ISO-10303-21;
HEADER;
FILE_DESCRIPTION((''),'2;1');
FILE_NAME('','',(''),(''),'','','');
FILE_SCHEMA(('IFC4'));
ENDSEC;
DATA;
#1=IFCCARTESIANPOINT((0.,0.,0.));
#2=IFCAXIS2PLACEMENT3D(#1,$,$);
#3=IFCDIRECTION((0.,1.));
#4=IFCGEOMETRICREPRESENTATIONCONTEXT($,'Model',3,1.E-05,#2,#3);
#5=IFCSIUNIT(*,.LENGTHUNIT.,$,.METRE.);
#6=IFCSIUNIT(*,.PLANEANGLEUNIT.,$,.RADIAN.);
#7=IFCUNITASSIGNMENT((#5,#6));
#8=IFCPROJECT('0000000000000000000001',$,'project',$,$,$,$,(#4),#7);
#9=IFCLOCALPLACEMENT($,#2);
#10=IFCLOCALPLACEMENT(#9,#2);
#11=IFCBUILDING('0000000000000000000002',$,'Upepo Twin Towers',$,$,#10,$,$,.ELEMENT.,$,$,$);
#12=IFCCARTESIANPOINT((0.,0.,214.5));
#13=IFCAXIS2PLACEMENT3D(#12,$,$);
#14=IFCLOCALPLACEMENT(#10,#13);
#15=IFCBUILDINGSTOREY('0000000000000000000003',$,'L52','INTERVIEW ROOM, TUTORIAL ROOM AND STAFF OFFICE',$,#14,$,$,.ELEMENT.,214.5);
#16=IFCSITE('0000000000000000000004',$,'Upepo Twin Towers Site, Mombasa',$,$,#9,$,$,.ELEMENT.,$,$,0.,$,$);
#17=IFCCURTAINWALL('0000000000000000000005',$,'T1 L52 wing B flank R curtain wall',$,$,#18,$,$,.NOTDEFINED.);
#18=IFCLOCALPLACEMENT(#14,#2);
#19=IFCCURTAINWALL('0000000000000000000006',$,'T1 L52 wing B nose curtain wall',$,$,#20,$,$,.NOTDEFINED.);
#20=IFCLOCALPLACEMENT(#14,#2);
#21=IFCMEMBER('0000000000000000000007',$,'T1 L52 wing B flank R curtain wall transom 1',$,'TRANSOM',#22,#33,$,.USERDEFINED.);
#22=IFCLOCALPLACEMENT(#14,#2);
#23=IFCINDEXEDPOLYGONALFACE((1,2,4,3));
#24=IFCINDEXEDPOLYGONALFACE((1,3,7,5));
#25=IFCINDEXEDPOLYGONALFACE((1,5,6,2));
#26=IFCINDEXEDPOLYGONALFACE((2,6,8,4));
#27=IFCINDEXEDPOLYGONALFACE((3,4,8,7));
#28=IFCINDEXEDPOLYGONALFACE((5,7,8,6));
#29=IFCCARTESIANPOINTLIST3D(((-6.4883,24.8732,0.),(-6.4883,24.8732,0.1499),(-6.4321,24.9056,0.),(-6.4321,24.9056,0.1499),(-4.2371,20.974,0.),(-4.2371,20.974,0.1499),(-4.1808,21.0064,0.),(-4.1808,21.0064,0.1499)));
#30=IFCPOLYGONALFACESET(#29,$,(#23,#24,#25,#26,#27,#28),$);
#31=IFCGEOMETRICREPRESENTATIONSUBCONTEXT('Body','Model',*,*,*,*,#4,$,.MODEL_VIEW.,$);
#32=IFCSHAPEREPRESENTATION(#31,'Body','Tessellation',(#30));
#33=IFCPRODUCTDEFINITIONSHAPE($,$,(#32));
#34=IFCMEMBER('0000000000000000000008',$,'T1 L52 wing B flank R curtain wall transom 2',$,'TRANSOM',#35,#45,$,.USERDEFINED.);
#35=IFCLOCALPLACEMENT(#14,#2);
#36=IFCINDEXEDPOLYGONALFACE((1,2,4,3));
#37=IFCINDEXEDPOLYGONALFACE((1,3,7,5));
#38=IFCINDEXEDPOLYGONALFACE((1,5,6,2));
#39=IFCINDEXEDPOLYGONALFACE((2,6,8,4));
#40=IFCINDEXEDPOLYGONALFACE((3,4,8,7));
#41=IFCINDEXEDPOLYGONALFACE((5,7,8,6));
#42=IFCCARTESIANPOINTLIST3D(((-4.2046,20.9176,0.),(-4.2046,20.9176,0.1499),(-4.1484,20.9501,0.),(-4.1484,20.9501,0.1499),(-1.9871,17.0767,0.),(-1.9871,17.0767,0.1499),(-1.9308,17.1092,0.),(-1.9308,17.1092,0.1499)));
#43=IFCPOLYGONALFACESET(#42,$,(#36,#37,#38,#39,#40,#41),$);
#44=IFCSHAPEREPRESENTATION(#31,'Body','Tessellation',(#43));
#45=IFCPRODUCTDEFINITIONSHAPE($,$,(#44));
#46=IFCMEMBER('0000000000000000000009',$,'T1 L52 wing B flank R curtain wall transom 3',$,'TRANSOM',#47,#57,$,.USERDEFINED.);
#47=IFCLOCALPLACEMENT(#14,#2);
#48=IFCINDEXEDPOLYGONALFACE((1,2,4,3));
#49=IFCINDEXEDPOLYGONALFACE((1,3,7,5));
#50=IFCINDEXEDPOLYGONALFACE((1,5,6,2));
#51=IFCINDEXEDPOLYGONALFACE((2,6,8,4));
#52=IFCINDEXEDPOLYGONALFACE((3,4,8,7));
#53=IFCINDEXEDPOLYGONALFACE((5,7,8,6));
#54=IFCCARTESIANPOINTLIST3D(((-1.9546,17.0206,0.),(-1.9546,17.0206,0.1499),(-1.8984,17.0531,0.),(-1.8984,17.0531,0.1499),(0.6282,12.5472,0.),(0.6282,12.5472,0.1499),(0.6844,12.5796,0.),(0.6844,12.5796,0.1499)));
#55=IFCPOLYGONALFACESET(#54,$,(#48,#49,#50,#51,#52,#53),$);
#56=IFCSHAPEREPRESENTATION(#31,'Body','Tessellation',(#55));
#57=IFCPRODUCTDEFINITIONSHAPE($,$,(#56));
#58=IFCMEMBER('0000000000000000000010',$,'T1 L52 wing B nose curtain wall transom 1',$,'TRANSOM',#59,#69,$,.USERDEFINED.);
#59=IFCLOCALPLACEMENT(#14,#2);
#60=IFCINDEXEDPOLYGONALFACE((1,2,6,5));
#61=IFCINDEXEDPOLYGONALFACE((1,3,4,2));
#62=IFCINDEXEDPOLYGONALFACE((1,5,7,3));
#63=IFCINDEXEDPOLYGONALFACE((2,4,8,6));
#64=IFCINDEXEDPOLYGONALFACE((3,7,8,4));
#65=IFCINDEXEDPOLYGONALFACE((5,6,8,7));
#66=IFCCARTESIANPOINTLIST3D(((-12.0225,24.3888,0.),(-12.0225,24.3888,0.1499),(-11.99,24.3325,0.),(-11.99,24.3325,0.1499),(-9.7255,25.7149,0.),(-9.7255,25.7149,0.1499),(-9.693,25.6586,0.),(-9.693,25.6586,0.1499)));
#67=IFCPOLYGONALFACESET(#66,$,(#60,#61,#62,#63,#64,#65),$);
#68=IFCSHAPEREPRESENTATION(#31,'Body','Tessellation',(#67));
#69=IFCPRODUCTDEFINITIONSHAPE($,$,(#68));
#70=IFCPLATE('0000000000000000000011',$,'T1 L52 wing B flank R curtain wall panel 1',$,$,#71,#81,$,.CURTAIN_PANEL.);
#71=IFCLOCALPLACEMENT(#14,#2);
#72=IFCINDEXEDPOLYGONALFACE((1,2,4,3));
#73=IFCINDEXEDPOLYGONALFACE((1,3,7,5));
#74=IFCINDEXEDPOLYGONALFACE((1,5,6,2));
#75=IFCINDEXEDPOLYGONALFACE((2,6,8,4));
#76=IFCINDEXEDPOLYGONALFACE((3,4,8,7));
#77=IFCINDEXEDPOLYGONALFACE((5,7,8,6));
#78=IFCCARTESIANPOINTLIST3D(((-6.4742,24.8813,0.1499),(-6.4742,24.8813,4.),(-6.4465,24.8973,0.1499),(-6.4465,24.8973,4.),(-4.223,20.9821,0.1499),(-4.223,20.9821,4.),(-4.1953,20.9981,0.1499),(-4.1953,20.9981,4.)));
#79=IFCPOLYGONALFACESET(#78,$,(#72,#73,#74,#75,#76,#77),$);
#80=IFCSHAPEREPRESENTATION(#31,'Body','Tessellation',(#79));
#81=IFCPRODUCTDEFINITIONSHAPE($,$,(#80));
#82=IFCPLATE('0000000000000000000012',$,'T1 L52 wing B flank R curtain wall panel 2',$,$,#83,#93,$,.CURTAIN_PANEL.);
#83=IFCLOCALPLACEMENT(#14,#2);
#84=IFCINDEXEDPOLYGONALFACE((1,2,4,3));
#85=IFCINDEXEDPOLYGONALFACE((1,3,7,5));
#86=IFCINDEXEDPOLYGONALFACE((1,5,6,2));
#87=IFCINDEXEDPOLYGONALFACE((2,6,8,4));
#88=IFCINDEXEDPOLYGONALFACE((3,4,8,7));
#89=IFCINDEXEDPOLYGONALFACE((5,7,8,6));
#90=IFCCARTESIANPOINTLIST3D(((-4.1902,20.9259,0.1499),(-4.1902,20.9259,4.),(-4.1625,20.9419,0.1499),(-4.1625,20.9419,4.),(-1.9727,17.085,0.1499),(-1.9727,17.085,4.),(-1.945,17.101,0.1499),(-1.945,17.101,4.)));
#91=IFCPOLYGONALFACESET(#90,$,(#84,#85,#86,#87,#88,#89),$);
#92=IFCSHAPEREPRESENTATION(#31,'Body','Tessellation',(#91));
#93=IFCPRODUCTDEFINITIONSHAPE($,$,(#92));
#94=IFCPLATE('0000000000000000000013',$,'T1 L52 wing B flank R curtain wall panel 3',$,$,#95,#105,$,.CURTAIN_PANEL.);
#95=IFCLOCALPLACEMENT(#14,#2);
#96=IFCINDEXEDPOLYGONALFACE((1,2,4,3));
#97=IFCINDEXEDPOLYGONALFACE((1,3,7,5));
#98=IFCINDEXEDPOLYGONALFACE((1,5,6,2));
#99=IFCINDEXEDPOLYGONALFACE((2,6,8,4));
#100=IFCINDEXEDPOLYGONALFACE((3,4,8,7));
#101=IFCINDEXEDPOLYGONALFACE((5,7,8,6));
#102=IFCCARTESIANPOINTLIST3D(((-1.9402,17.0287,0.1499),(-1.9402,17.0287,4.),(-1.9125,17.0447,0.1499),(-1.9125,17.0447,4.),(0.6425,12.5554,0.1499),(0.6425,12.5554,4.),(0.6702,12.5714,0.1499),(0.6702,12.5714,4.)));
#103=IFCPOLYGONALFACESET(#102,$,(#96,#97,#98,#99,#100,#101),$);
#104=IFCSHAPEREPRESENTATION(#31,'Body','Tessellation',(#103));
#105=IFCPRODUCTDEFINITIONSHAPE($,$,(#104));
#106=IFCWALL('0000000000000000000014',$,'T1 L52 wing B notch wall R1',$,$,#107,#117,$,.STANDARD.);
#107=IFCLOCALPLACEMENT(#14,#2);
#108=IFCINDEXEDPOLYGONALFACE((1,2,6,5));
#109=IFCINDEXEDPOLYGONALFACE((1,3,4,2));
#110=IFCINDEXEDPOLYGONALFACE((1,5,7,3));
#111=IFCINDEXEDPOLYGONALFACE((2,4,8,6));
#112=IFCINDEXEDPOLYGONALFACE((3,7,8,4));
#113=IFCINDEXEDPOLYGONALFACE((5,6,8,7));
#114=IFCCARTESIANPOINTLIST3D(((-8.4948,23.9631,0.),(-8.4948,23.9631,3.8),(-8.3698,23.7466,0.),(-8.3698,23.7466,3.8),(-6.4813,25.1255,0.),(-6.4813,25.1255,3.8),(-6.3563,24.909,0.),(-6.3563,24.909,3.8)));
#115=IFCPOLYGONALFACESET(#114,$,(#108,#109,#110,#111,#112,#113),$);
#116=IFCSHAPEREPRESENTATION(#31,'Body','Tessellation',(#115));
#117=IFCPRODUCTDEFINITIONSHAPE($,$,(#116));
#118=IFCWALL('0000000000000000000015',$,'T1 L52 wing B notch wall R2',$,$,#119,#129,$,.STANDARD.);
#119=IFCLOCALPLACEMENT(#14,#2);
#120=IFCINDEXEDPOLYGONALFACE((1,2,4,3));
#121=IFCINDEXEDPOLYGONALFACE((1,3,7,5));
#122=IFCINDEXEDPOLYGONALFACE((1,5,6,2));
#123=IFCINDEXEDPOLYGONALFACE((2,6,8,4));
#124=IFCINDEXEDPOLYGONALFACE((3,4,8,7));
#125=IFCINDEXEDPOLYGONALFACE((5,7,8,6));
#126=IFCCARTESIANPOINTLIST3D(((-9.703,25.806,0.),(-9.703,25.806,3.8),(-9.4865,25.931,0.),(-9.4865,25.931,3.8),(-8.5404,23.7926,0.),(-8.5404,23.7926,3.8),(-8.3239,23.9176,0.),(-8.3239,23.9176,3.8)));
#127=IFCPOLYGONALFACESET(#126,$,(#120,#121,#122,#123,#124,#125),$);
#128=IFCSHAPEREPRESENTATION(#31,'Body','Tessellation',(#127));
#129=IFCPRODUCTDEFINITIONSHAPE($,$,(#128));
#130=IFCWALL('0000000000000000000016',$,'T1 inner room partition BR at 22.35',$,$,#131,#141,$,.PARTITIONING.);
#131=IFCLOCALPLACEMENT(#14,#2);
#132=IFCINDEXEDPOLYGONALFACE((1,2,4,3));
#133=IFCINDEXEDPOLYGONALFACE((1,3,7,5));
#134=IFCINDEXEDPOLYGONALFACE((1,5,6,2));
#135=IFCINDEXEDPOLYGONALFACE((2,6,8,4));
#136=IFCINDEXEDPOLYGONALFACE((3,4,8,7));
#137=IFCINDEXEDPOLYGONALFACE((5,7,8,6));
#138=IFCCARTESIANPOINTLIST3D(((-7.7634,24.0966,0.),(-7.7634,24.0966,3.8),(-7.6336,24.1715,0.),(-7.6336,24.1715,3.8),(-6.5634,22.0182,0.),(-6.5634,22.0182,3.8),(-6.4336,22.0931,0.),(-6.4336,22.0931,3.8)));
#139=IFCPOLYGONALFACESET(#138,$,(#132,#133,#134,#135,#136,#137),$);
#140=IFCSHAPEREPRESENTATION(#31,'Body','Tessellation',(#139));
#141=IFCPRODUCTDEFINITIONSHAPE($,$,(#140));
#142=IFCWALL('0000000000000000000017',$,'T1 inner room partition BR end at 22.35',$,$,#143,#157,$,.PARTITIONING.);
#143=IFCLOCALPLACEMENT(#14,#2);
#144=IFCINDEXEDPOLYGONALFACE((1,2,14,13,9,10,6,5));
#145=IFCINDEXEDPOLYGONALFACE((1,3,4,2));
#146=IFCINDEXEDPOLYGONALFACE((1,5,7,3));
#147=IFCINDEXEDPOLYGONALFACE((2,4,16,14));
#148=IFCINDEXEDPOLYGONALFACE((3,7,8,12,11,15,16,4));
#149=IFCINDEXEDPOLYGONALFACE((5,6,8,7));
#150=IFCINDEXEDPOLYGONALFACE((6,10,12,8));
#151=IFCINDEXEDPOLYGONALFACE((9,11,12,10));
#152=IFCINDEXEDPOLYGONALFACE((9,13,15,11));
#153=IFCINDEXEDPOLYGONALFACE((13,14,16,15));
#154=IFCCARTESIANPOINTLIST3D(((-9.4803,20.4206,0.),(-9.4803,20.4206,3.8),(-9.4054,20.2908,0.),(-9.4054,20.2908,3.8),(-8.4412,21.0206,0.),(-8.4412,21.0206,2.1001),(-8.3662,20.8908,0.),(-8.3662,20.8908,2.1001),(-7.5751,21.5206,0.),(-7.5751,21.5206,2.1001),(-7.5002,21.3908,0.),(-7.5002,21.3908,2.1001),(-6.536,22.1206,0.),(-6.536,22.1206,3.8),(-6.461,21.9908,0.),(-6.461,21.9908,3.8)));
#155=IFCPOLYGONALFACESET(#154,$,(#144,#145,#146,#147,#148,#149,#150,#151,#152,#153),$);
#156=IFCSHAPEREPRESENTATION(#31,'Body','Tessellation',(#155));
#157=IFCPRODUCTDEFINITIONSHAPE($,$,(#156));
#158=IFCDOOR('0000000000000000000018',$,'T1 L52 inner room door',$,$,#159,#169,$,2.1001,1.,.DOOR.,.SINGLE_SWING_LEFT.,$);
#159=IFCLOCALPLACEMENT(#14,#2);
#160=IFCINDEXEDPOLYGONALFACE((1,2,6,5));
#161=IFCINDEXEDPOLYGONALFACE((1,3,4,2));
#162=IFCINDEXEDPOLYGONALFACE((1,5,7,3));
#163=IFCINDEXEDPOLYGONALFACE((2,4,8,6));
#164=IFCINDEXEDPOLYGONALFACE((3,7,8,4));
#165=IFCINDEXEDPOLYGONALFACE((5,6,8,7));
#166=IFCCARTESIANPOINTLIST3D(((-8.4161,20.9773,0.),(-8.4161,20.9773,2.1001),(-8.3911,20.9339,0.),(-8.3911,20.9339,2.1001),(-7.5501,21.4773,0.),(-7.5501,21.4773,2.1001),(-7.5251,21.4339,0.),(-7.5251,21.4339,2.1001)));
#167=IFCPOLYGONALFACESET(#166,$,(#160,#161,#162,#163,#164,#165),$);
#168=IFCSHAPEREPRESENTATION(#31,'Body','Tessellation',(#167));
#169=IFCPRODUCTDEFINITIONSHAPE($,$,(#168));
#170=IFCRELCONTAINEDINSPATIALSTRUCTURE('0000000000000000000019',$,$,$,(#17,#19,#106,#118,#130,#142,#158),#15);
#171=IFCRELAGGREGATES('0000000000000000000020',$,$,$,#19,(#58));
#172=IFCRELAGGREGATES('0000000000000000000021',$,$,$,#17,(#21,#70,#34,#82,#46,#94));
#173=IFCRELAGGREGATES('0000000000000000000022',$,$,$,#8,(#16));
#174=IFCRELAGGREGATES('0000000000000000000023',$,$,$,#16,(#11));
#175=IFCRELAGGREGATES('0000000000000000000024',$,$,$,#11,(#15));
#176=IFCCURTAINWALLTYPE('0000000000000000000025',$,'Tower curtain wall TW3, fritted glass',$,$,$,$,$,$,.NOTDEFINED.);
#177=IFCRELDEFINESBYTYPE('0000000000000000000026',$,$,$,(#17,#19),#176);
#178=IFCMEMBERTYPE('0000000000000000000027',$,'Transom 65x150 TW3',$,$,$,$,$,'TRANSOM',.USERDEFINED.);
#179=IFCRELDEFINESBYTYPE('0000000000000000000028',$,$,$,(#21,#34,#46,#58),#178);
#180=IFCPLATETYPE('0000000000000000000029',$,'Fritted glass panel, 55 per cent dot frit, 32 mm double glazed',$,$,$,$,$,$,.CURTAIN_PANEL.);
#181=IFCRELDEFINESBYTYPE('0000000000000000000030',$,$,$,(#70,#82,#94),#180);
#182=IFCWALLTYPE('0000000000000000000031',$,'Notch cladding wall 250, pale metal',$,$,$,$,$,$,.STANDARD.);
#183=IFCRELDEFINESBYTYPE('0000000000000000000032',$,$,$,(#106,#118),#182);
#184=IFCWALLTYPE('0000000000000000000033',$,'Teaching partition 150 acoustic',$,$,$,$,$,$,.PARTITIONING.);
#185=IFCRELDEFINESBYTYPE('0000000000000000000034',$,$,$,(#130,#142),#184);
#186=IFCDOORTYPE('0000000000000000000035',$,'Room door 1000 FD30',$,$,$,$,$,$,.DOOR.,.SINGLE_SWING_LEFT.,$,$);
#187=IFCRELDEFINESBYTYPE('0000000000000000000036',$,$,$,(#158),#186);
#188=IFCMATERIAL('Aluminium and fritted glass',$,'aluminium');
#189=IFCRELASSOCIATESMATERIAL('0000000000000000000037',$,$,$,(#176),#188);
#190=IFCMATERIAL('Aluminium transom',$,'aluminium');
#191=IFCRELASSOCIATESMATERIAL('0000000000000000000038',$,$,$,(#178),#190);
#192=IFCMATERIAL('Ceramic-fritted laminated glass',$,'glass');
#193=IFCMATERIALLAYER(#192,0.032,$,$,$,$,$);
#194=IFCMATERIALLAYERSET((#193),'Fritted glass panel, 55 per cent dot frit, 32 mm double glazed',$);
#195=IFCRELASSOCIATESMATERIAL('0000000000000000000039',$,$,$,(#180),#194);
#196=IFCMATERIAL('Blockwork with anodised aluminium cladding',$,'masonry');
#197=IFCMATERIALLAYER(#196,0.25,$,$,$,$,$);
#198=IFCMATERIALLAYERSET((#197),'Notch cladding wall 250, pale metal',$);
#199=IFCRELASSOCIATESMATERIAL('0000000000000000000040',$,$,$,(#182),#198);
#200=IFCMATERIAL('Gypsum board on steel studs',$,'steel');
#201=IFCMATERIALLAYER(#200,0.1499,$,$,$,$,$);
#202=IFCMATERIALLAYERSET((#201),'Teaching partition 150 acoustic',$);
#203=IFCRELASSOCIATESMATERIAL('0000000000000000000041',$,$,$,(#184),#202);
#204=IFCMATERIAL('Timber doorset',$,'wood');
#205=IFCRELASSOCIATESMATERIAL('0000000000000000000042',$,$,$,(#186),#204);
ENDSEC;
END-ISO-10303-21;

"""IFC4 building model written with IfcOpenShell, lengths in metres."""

from ifc_helpers import new_model, si_unit, direction, frame, frame_2d, origin, origin_2d, place, context, subcontext, project, spatial, rectangle, extrude, material, layer, layer_set, material_profile, profile_set, type_object, element, fill, aggregate, save


model = new_model("IFC4")

# Units and contexts
model_context = context("Model", 3, precision=1e-05, world=origin(), true_north=direction((0.0, 1.0)))
body_context = subcontext(model_context, "Body", "Model", "MODEL_VIEW")
ifc_project = project(units=[si_unit("LENGTHUNIT", "METRE"), si_unit("PLANEANGLEUNIT", "RADIAN")], contexts=[model_context])

# Site, building, storey
site_placement = place(None, origin())
site = spatial("IfcSite", under=ifc_project, at=site_placement, Name="Upepo Twin Towers Site, Mombasa", CompositionType="ELEMENT", RefElevation=0.0)
building_placement = place(site_placement, origin())
building = spatial("IfcBuilding", under=site, at=building_placement, Name="Upepo Twin Towers", CompositionType="ELEMENT")
storey_placement = place(building_placement, frame((0.0, 0.0, 214.5)))
storey = spatial("IfcBuildingStorey", under=building, at=storey_placement, Name="L52", Description="INTERVIEW ROOM, TUTORIAL ROOM AND STAFF OFFICE", CompositionType="ELEMENT", Elevation=214.5)

# Curtain wall
ifc_material_1 = material(Name="Aluminium and fritted glass", Category="aluminium")
curtain_wall_type = type_object("IfcCurtainWallType", Name="Tower curtain wall TW3, fritted glass", PredefinedType="NOTDEFINED", material=ifc_material_1)
curtain_wall_1_placement = place(storey_placement, origin())
curtain_wall_1 = element("IfcCurtainWall", 1, at=curtain_wall_1_placement, inside=storey, type_object=curtain_wall_type, Name="T1 L52 wing B flank R curtain wall", PredefinedType="NOTDEFINED")

# Curtain wall
curtain_wall_2_placement = place(storey_placement, origin())
curtain_wall_2 = element("IfcCurtainWall", 2, at=curtain_wall_2_placement, inside=storey, type_object=curtain_wall_type, Name="T1 L52 wing B nose curtain wall", PredefinedType="NOTDEFINED")

# Members
ifc_material_2 = material(Name="Aluminium transom", Category="aluminium")
ifc_material_profile_1 = material_profile(ifc_material_2, rectangle(XDim=0.0649, YDim=0.1499, at=origin_2d()), Name="TRANSOM 65x150")
ifc_profile_set_1 = profile_set([ifc_material_profile_1], Name="Aluminium transom")
member_type_1 = type_object("IfcMemberType", Name="Transom 65x150 TW3", ElementType="TRANSOM", PredefinedType="USERDEFINED", material=ifc_profile_set_1)
member_1_placement = place(storey_placement, frame((-6.4602, 24.8894, 0.075), z_axis=(0.500006, -0.866022, 0.0), x_axis=(0.866022, 0.500006, 0.0)))
member_1 = element("IfcMember", 3, at=member_1_placement, type_object=member_type_1, Name="T1 L52 wing B flank R curtain wall transom 1", ObjectType="TRANSOM", PredefinedType="USERDEFINED", context=body_context, shape_type="SweptSolid", body=[
    extrude(rectangle(XDim=0.0649, YDim=0.1499, at=origin_2d()), origin(), (0.0, 0.0, 1.0), 4.5024),
])
member_2_placement = place(storey_placement, frame((-4.1765, 20.9338, 0.075), z_axis=(0.500005, -0.866022, 0.0), x_axis=(0.866022, 0.500005, 0.0)))
member_2 = element("IfcMember", 4, at=member_2_placement, type_object=member_type_1, Name="T1 L52 wing B flank R curtain wall transom 2", ObjectType="TRANSOM", PredefinedType="USERDEFINED", context=body_context, shape_type="SweptSolid", body=[
    extrude(rectangle(XDim=0.0649, YDim=0.1499, at=origin_2d()), origin(), (0.0, 0.0, 1.0), 4.4351),
])
member_3_placement = place(storey_placement, frame((-1.9265, 17.0369, 0.075), z_axis=(0.500007, -0.866021, 0.0), x_axis=(0.866021, 0.500007, 0.0)))
member_3 = element("IfcMember", 5, at=member_3_placement, type_object=member_type_1, Name="T1 L52 wing B flank R curtain wall transom 3", ObjectType="TRANSOM", PredefinedType="USERDEFINED", context=body_context, shape_type="SweptSolid", body=[
    extrude(rectangle(XDim=0.0649, YDim=0.1499, at=origin_2d()), origin(), (0.0, 0.0, 1.0), 5.1655),
])
member_4_placement = place(storey_placement, frame((-9.7092, 25.6868, 0.075), z_axis=(-0.866037, -0.49998, 0.0), x_axis=(0.49998, -0.866037, 0.0)))
member_4 = element("IfcMember", 6, at=member_4_placement, type_object=member_type_1, Name="T1 L52 wing B nose curtain wall transom 1", ObjectType="TRANSOM", PredefinedType="USERDEFINED", context=body_context, shape_type="SweptSolid", body=[
    extrude(rectangle(XDim=0.0649, YDim=0.1499, at=origin_2d()), origin(), (0.0, 0.0, 1.0), 2.6523),
])
aggregate(curtain_wall_2, [member_4])

# Plates
ifc_material_3 = material(Name="Ceramic-fritted laminated glass", Category="glass")
ifc_layer_1 = layer(ifc_material_3, 0.032)
ifc_layer_set_1 = layer_set([ifc_layer_1], Name="Fritted glass panel, 55 per cent dot frit, 32 mm double glazed")
plate_type = type_object("IfcPlateType", Name="Fritted glass panel, 55 per cent dot frit, 32 mm double glazed", PredefinedType="CURTAIN_PANEL", material=ifc_layer_set_1)
plate_1_placement = place(storey_placement, frame((-5.3347, 22.9397, 0.1499), z_axis=(0.0, 0.0, 1.0), x_axis=(0.5, -0.866025, 0.0)))
plate_1 = element("IfcPlate", 7, at=plate_1_placement, type_object=plate_type, Name="T1 L52 wing B flank R curtain wall panel 1", PredefinedType="CURTAIN_PANEL", context=body_context, shape_type="SweptSolid", body=[
    extrude(rectangle(XDim=4.5024, YDim=0.032, at=origin_2d()), origin(), (0.0, 0.0, 1.0), 3.8501),
])
plate_2_placement = place(storey_placement, frame((-3.0676, 19.0134, 0.1499), z_axis=(0.0, 0.0, 1.0), x_axis=(0.5, -0.866025, 0.0)))
plate_2 = element("IfcPlate", 8, at=plate_2_placement, type_object=plate_type, Name="T1 L52 wing B flank R curtain wall panel 2", PredefinedType="CURTAIN_PANEL", context=body_context, shape_type="SweptSolid", body=[
    extrude(rectangle(XDim=4.4351, YDim=0.032, at=origin_2d()), origin(), (0.0, 0.0, 1.0), 3.8501),
])
plate_3_placement = place(storey_placement, frame((-0.635, 14.8, 0.1499), z_axis=(0.0, 0.0, 1.0), x_axis=(0.5, -0.866025, 0.0)))
plate_3 = element("IfcPlate", 9, at=plate_3_placement, type_object=plate_type, Name="T1 L52 wing B flank R curtain wall panel 3", PredefinedType="CURTAIN_PANEL", context=body_context, shape_type="SweptSolid", body=[
    extrude(rectangle(XDim=5.1653, YDim=0.032, at=origin_2d()), origin(), (0.0, 0.0, 1.0), 3.8501),
])
aggregate(curtain_wall_1, [member_1, plate_1, member_2, plate_2, member_3, plate_3])

# Walls
ifc_material_4 = material(Name="Blockwork with anodised aluminium cladding", Category="masonry")
ifc_layer_2 = layer(ifc_material_4, 0.25)
ifc_layer_set_2 = layer_set([ifc_layer_2], Name="Notch cladding wall 250, pale metal")
wall_type_1 = type_object("IfcWallType", Name="Notch cladding wall 250, pale metal", PredefinedType="STANDARD", material=ifc_layer_set_2)
for number, where, z_axis, x_axis, name in (
    (10, (-6.4187, 25.0173, 0.0), (0.0, 0.0, 1.0), (-0.866044, -0.499968, 0.0), "T1 L52 wing B notch wall R1"),
    (11, (-8.4321, 23.855, 0.0), (0.0, 0.0, 1.0), (-0.500047, 0.865998, 0.0), "T1 L52 wing B notch wall R2"),
):
    element("IfcWall", number, at=place(storey_placement, frame(where, z_axis=z_axis, x_axis=x_axis)), inside=storey, type_object=wall_type_1, Name=name, PredefinedType="STANDARD", context=body_context, shape_type="SweptSolid", body=[
        extrude(rectangle(XDim=2.325, YDim=0.25, at=frame_2d((1.1626, 0.0))), origin(), (0.0, 0.0, 1.0), 3.8),
    ])
ifc_material_5 = material(Name="Gypsum board on steel studs", Category="steel")
ifc_layer_3 = layer(ifc_material_5, 0.1499)
ifc_layer_set_3 = layer_set([ifc_layer_3], Name="Teaching partition 150 acoustic")
wall_type_2 = type_object("IfcWallType", Name="Teaching partition 150 acoustic", PredefinedType="PARTITIONING", material=ifc_layer_set_3)
wall_1_placement = place(storey_placement, frame((-6.4985, 22.0557, 0.0), z_axis=(0.0, 0.0, 1.0), x_axis=(-0.500001, 0.866025, 0.0)))
element("IfcWall", 12, at=wall_1_placement, inside=storey, type_object=wall_type_2, Name="T1 inner room partition BR at 22.35", PredefinedType="PARTITIONING", context=body_context, shape_type="SweptSolid", body=[
    extrude(rectangle(XDim=2.3999, YDim=0.1499, at=frame_2d((1.2, 0.0))), origin(), (0.0, 0.0, 1.0), 3.8),
])

# Wall, opening, door
wall_2_placement = place(storey_placement, frame((-9.4429, 20.3557, 0.0), z_axis=(0.0, 0.0, 1.0), x_axis=(0.866021, 0.500008, 0.0)))
wall_2 = element("IfcWall", 13, at=wall_2_placement, inside=storey, type_object=wall_type_2, Name="T1 inner room partition BR end at 22.35", PredefinedType="PARTITIONING", context=body_context, shape_type="SweptSolid", body=[
    extrude(rectangle(XDim=3.3999, YDim=0.1499, at=frame_2d((1.7, 0.0))), origin(), (0.0, 0.0, 1.0), 3.8),
])
opening_1_placement = place(wall_2_placement, frame((1.2, 0.0, 0.0)))
opening_1 = element("IfcOpeningElement", 14, at=opening_1_placement, cuts=wall_2, PredefinedType="OPENING", context=body_context, shape_type="SweptSolid", body=[
    extrude(rectangle(XDim=1.0, YDim=2.1001, at=frame_2d((0.5, 1.05))), frame((0.0, 0.085, 0.0), z_axis=(0.0, -1.0, 0.0), x_axis=(1.0, 0.0, 0.0)), (0.0, 0.0, 1.0), 0.1699),
])
ifc_material_6 = material(Name="Timber doorset", Category="wood")
door_type = type_object("IfcDoorType", Name="Room door 1000 FD30", OperationType="SINGLE_SWING_LEFT", PredefinedType="DOOR", material=ifc_material_6)
door_1_placement = place(opening_1_placement, origin())
door_1 = element("IfcDoor", 15, at=door_1_placement, inside=storey, type_object=door_type, Name="T1 L52 inner room door", OperationType="SINGLE_SWING_LEFT", OverallHeight=2.1001, OverallWidth=1.0, PredefinedType="DOOR", context=body_context, shape_type="SweptSolid", body=[
    extrude(rectangle(XDim=1.0, YDim=2.1001, at=frame_2d((0.5, 1.05))), frame((0.0, 0.0249, 0.0), z_axis=(0.0, -1.0, 0.0), x_axis=(1.0, 0.0, 0.0)), (0.0, 0.0, 1.0), 0.05),
])
fill(opening_1, door_1)

save(model, "model.ifc")
